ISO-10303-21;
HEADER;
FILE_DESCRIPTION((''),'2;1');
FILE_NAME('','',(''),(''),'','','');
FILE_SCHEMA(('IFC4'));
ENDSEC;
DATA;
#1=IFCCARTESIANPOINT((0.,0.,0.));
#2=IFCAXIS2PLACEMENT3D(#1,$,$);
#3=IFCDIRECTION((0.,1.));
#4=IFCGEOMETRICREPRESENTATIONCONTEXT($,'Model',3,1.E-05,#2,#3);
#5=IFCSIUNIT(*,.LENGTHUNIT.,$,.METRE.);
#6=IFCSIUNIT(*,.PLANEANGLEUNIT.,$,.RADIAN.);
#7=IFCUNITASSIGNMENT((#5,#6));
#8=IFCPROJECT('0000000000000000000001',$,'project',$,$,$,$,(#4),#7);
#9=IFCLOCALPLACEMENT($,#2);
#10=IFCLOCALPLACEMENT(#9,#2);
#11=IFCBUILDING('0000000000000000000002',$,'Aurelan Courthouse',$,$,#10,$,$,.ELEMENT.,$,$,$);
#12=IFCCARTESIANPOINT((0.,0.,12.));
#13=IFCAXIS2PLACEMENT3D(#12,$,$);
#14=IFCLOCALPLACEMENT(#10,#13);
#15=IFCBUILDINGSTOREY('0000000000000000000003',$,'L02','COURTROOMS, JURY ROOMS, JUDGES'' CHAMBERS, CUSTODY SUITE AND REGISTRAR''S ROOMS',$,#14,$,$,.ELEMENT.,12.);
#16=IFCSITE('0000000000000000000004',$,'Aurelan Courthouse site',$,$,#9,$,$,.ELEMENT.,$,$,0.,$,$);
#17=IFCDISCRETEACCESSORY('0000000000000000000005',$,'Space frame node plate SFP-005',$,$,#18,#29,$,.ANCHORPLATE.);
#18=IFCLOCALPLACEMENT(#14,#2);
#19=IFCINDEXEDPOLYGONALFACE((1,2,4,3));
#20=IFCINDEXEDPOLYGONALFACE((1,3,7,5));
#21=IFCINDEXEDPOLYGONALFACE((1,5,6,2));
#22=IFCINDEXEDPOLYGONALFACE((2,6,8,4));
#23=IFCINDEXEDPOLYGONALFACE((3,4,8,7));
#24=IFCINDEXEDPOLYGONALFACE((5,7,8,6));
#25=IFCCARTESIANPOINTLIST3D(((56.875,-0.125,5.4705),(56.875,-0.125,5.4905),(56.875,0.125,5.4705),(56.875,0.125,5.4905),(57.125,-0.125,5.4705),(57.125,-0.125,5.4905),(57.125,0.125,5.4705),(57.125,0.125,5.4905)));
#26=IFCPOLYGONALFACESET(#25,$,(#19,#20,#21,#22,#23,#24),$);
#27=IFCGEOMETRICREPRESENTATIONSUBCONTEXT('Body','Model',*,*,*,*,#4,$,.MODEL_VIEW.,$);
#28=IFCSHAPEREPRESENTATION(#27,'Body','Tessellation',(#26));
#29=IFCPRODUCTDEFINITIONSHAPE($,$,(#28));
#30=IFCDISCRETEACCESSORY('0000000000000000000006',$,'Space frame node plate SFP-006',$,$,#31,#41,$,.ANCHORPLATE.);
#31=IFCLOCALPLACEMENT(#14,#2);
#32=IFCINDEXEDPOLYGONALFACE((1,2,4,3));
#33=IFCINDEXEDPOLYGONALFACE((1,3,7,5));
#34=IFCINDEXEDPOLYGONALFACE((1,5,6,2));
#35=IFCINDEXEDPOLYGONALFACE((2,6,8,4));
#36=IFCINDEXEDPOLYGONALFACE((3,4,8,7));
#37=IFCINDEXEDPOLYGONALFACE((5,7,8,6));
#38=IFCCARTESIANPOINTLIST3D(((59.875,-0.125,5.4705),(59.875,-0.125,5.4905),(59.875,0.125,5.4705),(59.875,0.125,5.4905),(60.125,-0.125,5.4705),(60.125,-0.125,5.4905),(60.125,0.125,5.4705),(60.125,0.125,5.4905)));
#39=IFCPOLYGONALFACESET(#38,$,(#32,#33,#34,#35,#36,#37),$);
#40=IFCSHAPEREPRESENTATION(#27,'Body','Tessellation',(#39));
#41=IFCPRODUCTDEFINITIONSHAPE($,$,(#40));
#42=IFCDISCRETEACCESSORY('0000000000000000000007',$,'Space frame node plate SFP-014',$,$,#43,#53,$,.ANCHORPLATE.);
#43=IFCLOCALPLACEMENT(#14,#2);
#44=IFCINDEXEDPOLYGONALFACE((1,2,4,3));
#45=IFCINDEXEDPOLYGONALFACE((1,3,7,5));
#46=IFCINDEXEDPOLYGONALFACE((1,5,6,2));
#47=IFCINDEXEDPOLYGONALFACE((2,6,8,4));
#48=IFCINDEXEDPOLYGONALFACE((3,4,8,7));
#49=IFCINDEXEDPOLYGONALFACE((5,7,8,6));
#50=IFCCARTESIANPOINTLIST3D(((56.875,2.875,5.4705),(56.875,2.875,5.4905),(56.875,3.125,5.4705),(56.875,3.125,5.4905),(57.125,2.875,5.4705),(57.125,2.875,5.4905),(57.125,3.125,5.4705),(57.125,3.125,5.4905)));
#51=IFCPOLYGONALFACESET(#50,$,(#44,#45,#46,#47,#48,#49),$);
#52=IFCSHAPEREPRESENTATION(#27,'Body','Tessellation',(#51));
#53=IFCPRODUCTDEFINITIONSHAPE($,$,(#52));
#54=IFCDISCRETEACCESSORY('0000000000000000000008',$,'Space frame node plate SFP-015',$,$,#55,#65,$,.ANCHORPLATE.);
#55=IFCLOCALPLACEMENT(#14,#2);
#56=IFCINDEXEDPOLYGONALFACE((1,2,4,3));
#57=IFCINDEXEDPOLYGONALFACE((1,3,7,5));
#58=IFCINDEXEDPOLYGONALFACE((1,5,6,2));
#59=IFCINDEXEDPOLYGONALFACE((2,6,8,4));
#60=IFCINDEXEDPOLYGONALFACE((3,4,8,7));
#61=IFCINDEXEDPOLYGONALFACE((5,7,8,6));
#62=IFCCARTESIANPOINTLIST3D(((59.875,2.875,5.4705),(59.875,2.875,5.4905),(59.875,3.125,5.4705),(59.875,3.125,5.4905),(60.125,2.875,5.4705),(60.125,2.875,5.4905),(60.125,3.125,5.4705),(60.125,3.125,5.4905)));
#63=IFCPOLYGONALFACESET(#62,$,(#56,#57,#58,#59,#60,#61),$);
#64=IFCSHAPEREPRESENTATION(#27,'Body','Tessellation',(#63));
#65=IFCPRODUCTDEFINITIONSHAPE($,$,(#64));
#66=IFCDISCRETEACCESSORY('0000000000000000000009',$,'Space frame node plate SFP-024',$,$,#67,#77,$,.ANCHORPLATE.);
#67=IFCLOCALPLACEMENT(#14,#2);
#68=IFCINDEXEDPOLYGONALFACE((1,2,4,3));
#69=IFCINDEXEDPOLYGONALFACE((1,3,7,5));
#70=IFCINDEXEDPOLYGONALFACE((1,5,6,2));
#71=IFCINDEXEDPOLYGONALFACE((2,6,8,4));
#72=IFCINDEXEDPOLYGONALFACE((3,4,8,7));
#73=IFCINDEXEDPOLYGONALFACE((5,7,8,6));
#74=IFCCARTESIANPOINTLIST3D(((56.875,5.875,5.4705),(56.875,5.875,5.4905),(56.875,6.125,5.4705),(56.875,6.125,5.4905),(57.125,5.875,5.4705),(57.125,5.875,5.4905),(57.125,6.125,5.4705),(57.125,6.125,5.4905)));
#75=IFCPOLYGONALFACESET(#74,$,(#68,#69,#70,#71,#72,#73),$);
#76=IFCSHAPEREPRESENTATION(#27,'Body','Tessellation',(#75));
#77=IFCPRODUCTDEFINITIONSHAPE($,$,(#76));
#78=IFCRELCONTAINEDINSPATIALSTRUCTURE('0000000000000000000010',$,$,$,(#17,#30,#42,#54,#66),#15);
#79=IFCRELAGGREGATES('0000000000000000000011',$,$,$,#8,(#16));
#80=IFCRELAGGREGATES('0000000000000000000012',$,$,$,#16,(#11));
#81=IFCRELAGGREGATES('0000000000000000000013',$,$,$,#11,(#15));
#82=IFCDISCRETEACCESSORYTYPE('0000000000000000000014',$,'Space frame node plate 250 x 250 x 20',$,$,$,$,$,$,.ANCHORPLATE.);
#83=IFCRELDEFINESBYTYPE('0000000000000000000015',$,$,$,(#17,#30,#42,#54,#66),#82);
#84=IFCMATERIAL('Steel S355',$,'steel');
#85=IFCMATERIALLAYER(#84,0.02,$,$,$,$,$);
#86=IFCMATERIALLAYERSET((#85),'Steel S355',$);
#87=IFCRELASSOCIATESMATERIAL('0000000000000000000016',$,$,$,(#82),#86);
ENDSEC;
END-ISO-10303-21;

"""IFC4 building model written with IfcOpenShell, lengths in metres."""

from ifc_helpers import new_model, si_unit, direction, frame, origin, origin_2d, place, context, subcontext, project, spatial, rectangle, extrude, material, layer, layer_set, type_object, element, save


model = new_model("IFC4")

# Units and contexts
model_context = context("Model", 3, precision=1e-05, world=origin(), true_north=direction((0.0, 1.0)))
body_context = subcontext(model_context, "Body", "Model", "MODEL_VIEW")
ifc_project = project(units=[si_unit("LENGTHUNIT", "METRE"), si_unit("PLANEANGLEUNIT", "RADIAN")], contexts=[model_context])

# Site, building, storey
site_placement = place(None, origin())
site = spatial("IfcSite", under=ifc_project, at=site_placement, Name="Aurelan Courthouse site", CompositionType="ELEMENT", RefElevation=0.0)
building_placement = place(site_placement, origin())
building = spatial("IfcBuilding", under=site, at=building_placement, Name="Aurelan Courthouse", CompositionType="ELEMENT")
storey_placement = place(building_placement, frame((0.0, 0.0, 12.0)))
storey = spatial("IfcBuildingStorey", under=building, at=storey_placement, Name="L02", Description="COURTROOMS, JURY ROOMS, JUDGES' CHAMBERS, CUSTODY SUITE AND REGISTRAR'S ROOMS", CompositionType="ELEMENT", Elevation=12.0)

# Shared definitions
ifc_material_1 = material(Name="Steel S355", Category="steel")

# Discrete accessories
ifc_layer_1 = layer(ifc_material_1, 0.02)
ifc_layer_set_1 = layer_set([ifc_layer_1], Name="Steel S355")
discrete_accessory_type_1 = type_object("IfcDiscreteAccessoryType", Name="Space frame node plate 250 x 250 x 20", PredefinedType="ANCHORPLATE", material=ifc_layer_set_1)
for number, where, z_axis, x_axis, name in (
    (1, (57.0, 0.0, 5.4705), (0.0, 0.0, 1.0), (1.0, 0.0, 0.0), "Space frame node plate SFP-005"),
    (2, (60.0, 0.0, 5.4705), (0.0, 0.0, 1.0), (1.0, 0.0, 0.0), "Space frame node plate SFP-006"),
    (3, (57.0, 3.0, 5.4705), (0.0, 0.0, 1.0), (1.0, 0.0, 0.0), "Space frame node plate SFP-014"),
    (4, (60.0, 3.0, 5.4705), (0.0, 0.0, 1.0), (1.0, 0.0, 0.0), "Space frame node plate SFP-015"),
    (5, (57.0, 6.0, 5.4705), (0.0, 0.0, 1.0), (1.0, 0.0, 0.0), "Space frame node plate SFP-024"),
):
    element("IfcDiscreteAccessory", number, at=place(storey_placement, frame(where, z_axis=z_axis, x_axis=x_axis)), inside=storey, type_object=discrete_accessory_type_1, Name=name, PredefinedType="ANCHORPLATE", context=body_context, shape_type="SweptSolid", body=[
        extrude(rectangle(XDim=0.25, YDim=0.25, at=origin_2d()), origin(), (0.0, 0.0, 1.0), 0.02),
    ])

save(model, "model.ifc")
